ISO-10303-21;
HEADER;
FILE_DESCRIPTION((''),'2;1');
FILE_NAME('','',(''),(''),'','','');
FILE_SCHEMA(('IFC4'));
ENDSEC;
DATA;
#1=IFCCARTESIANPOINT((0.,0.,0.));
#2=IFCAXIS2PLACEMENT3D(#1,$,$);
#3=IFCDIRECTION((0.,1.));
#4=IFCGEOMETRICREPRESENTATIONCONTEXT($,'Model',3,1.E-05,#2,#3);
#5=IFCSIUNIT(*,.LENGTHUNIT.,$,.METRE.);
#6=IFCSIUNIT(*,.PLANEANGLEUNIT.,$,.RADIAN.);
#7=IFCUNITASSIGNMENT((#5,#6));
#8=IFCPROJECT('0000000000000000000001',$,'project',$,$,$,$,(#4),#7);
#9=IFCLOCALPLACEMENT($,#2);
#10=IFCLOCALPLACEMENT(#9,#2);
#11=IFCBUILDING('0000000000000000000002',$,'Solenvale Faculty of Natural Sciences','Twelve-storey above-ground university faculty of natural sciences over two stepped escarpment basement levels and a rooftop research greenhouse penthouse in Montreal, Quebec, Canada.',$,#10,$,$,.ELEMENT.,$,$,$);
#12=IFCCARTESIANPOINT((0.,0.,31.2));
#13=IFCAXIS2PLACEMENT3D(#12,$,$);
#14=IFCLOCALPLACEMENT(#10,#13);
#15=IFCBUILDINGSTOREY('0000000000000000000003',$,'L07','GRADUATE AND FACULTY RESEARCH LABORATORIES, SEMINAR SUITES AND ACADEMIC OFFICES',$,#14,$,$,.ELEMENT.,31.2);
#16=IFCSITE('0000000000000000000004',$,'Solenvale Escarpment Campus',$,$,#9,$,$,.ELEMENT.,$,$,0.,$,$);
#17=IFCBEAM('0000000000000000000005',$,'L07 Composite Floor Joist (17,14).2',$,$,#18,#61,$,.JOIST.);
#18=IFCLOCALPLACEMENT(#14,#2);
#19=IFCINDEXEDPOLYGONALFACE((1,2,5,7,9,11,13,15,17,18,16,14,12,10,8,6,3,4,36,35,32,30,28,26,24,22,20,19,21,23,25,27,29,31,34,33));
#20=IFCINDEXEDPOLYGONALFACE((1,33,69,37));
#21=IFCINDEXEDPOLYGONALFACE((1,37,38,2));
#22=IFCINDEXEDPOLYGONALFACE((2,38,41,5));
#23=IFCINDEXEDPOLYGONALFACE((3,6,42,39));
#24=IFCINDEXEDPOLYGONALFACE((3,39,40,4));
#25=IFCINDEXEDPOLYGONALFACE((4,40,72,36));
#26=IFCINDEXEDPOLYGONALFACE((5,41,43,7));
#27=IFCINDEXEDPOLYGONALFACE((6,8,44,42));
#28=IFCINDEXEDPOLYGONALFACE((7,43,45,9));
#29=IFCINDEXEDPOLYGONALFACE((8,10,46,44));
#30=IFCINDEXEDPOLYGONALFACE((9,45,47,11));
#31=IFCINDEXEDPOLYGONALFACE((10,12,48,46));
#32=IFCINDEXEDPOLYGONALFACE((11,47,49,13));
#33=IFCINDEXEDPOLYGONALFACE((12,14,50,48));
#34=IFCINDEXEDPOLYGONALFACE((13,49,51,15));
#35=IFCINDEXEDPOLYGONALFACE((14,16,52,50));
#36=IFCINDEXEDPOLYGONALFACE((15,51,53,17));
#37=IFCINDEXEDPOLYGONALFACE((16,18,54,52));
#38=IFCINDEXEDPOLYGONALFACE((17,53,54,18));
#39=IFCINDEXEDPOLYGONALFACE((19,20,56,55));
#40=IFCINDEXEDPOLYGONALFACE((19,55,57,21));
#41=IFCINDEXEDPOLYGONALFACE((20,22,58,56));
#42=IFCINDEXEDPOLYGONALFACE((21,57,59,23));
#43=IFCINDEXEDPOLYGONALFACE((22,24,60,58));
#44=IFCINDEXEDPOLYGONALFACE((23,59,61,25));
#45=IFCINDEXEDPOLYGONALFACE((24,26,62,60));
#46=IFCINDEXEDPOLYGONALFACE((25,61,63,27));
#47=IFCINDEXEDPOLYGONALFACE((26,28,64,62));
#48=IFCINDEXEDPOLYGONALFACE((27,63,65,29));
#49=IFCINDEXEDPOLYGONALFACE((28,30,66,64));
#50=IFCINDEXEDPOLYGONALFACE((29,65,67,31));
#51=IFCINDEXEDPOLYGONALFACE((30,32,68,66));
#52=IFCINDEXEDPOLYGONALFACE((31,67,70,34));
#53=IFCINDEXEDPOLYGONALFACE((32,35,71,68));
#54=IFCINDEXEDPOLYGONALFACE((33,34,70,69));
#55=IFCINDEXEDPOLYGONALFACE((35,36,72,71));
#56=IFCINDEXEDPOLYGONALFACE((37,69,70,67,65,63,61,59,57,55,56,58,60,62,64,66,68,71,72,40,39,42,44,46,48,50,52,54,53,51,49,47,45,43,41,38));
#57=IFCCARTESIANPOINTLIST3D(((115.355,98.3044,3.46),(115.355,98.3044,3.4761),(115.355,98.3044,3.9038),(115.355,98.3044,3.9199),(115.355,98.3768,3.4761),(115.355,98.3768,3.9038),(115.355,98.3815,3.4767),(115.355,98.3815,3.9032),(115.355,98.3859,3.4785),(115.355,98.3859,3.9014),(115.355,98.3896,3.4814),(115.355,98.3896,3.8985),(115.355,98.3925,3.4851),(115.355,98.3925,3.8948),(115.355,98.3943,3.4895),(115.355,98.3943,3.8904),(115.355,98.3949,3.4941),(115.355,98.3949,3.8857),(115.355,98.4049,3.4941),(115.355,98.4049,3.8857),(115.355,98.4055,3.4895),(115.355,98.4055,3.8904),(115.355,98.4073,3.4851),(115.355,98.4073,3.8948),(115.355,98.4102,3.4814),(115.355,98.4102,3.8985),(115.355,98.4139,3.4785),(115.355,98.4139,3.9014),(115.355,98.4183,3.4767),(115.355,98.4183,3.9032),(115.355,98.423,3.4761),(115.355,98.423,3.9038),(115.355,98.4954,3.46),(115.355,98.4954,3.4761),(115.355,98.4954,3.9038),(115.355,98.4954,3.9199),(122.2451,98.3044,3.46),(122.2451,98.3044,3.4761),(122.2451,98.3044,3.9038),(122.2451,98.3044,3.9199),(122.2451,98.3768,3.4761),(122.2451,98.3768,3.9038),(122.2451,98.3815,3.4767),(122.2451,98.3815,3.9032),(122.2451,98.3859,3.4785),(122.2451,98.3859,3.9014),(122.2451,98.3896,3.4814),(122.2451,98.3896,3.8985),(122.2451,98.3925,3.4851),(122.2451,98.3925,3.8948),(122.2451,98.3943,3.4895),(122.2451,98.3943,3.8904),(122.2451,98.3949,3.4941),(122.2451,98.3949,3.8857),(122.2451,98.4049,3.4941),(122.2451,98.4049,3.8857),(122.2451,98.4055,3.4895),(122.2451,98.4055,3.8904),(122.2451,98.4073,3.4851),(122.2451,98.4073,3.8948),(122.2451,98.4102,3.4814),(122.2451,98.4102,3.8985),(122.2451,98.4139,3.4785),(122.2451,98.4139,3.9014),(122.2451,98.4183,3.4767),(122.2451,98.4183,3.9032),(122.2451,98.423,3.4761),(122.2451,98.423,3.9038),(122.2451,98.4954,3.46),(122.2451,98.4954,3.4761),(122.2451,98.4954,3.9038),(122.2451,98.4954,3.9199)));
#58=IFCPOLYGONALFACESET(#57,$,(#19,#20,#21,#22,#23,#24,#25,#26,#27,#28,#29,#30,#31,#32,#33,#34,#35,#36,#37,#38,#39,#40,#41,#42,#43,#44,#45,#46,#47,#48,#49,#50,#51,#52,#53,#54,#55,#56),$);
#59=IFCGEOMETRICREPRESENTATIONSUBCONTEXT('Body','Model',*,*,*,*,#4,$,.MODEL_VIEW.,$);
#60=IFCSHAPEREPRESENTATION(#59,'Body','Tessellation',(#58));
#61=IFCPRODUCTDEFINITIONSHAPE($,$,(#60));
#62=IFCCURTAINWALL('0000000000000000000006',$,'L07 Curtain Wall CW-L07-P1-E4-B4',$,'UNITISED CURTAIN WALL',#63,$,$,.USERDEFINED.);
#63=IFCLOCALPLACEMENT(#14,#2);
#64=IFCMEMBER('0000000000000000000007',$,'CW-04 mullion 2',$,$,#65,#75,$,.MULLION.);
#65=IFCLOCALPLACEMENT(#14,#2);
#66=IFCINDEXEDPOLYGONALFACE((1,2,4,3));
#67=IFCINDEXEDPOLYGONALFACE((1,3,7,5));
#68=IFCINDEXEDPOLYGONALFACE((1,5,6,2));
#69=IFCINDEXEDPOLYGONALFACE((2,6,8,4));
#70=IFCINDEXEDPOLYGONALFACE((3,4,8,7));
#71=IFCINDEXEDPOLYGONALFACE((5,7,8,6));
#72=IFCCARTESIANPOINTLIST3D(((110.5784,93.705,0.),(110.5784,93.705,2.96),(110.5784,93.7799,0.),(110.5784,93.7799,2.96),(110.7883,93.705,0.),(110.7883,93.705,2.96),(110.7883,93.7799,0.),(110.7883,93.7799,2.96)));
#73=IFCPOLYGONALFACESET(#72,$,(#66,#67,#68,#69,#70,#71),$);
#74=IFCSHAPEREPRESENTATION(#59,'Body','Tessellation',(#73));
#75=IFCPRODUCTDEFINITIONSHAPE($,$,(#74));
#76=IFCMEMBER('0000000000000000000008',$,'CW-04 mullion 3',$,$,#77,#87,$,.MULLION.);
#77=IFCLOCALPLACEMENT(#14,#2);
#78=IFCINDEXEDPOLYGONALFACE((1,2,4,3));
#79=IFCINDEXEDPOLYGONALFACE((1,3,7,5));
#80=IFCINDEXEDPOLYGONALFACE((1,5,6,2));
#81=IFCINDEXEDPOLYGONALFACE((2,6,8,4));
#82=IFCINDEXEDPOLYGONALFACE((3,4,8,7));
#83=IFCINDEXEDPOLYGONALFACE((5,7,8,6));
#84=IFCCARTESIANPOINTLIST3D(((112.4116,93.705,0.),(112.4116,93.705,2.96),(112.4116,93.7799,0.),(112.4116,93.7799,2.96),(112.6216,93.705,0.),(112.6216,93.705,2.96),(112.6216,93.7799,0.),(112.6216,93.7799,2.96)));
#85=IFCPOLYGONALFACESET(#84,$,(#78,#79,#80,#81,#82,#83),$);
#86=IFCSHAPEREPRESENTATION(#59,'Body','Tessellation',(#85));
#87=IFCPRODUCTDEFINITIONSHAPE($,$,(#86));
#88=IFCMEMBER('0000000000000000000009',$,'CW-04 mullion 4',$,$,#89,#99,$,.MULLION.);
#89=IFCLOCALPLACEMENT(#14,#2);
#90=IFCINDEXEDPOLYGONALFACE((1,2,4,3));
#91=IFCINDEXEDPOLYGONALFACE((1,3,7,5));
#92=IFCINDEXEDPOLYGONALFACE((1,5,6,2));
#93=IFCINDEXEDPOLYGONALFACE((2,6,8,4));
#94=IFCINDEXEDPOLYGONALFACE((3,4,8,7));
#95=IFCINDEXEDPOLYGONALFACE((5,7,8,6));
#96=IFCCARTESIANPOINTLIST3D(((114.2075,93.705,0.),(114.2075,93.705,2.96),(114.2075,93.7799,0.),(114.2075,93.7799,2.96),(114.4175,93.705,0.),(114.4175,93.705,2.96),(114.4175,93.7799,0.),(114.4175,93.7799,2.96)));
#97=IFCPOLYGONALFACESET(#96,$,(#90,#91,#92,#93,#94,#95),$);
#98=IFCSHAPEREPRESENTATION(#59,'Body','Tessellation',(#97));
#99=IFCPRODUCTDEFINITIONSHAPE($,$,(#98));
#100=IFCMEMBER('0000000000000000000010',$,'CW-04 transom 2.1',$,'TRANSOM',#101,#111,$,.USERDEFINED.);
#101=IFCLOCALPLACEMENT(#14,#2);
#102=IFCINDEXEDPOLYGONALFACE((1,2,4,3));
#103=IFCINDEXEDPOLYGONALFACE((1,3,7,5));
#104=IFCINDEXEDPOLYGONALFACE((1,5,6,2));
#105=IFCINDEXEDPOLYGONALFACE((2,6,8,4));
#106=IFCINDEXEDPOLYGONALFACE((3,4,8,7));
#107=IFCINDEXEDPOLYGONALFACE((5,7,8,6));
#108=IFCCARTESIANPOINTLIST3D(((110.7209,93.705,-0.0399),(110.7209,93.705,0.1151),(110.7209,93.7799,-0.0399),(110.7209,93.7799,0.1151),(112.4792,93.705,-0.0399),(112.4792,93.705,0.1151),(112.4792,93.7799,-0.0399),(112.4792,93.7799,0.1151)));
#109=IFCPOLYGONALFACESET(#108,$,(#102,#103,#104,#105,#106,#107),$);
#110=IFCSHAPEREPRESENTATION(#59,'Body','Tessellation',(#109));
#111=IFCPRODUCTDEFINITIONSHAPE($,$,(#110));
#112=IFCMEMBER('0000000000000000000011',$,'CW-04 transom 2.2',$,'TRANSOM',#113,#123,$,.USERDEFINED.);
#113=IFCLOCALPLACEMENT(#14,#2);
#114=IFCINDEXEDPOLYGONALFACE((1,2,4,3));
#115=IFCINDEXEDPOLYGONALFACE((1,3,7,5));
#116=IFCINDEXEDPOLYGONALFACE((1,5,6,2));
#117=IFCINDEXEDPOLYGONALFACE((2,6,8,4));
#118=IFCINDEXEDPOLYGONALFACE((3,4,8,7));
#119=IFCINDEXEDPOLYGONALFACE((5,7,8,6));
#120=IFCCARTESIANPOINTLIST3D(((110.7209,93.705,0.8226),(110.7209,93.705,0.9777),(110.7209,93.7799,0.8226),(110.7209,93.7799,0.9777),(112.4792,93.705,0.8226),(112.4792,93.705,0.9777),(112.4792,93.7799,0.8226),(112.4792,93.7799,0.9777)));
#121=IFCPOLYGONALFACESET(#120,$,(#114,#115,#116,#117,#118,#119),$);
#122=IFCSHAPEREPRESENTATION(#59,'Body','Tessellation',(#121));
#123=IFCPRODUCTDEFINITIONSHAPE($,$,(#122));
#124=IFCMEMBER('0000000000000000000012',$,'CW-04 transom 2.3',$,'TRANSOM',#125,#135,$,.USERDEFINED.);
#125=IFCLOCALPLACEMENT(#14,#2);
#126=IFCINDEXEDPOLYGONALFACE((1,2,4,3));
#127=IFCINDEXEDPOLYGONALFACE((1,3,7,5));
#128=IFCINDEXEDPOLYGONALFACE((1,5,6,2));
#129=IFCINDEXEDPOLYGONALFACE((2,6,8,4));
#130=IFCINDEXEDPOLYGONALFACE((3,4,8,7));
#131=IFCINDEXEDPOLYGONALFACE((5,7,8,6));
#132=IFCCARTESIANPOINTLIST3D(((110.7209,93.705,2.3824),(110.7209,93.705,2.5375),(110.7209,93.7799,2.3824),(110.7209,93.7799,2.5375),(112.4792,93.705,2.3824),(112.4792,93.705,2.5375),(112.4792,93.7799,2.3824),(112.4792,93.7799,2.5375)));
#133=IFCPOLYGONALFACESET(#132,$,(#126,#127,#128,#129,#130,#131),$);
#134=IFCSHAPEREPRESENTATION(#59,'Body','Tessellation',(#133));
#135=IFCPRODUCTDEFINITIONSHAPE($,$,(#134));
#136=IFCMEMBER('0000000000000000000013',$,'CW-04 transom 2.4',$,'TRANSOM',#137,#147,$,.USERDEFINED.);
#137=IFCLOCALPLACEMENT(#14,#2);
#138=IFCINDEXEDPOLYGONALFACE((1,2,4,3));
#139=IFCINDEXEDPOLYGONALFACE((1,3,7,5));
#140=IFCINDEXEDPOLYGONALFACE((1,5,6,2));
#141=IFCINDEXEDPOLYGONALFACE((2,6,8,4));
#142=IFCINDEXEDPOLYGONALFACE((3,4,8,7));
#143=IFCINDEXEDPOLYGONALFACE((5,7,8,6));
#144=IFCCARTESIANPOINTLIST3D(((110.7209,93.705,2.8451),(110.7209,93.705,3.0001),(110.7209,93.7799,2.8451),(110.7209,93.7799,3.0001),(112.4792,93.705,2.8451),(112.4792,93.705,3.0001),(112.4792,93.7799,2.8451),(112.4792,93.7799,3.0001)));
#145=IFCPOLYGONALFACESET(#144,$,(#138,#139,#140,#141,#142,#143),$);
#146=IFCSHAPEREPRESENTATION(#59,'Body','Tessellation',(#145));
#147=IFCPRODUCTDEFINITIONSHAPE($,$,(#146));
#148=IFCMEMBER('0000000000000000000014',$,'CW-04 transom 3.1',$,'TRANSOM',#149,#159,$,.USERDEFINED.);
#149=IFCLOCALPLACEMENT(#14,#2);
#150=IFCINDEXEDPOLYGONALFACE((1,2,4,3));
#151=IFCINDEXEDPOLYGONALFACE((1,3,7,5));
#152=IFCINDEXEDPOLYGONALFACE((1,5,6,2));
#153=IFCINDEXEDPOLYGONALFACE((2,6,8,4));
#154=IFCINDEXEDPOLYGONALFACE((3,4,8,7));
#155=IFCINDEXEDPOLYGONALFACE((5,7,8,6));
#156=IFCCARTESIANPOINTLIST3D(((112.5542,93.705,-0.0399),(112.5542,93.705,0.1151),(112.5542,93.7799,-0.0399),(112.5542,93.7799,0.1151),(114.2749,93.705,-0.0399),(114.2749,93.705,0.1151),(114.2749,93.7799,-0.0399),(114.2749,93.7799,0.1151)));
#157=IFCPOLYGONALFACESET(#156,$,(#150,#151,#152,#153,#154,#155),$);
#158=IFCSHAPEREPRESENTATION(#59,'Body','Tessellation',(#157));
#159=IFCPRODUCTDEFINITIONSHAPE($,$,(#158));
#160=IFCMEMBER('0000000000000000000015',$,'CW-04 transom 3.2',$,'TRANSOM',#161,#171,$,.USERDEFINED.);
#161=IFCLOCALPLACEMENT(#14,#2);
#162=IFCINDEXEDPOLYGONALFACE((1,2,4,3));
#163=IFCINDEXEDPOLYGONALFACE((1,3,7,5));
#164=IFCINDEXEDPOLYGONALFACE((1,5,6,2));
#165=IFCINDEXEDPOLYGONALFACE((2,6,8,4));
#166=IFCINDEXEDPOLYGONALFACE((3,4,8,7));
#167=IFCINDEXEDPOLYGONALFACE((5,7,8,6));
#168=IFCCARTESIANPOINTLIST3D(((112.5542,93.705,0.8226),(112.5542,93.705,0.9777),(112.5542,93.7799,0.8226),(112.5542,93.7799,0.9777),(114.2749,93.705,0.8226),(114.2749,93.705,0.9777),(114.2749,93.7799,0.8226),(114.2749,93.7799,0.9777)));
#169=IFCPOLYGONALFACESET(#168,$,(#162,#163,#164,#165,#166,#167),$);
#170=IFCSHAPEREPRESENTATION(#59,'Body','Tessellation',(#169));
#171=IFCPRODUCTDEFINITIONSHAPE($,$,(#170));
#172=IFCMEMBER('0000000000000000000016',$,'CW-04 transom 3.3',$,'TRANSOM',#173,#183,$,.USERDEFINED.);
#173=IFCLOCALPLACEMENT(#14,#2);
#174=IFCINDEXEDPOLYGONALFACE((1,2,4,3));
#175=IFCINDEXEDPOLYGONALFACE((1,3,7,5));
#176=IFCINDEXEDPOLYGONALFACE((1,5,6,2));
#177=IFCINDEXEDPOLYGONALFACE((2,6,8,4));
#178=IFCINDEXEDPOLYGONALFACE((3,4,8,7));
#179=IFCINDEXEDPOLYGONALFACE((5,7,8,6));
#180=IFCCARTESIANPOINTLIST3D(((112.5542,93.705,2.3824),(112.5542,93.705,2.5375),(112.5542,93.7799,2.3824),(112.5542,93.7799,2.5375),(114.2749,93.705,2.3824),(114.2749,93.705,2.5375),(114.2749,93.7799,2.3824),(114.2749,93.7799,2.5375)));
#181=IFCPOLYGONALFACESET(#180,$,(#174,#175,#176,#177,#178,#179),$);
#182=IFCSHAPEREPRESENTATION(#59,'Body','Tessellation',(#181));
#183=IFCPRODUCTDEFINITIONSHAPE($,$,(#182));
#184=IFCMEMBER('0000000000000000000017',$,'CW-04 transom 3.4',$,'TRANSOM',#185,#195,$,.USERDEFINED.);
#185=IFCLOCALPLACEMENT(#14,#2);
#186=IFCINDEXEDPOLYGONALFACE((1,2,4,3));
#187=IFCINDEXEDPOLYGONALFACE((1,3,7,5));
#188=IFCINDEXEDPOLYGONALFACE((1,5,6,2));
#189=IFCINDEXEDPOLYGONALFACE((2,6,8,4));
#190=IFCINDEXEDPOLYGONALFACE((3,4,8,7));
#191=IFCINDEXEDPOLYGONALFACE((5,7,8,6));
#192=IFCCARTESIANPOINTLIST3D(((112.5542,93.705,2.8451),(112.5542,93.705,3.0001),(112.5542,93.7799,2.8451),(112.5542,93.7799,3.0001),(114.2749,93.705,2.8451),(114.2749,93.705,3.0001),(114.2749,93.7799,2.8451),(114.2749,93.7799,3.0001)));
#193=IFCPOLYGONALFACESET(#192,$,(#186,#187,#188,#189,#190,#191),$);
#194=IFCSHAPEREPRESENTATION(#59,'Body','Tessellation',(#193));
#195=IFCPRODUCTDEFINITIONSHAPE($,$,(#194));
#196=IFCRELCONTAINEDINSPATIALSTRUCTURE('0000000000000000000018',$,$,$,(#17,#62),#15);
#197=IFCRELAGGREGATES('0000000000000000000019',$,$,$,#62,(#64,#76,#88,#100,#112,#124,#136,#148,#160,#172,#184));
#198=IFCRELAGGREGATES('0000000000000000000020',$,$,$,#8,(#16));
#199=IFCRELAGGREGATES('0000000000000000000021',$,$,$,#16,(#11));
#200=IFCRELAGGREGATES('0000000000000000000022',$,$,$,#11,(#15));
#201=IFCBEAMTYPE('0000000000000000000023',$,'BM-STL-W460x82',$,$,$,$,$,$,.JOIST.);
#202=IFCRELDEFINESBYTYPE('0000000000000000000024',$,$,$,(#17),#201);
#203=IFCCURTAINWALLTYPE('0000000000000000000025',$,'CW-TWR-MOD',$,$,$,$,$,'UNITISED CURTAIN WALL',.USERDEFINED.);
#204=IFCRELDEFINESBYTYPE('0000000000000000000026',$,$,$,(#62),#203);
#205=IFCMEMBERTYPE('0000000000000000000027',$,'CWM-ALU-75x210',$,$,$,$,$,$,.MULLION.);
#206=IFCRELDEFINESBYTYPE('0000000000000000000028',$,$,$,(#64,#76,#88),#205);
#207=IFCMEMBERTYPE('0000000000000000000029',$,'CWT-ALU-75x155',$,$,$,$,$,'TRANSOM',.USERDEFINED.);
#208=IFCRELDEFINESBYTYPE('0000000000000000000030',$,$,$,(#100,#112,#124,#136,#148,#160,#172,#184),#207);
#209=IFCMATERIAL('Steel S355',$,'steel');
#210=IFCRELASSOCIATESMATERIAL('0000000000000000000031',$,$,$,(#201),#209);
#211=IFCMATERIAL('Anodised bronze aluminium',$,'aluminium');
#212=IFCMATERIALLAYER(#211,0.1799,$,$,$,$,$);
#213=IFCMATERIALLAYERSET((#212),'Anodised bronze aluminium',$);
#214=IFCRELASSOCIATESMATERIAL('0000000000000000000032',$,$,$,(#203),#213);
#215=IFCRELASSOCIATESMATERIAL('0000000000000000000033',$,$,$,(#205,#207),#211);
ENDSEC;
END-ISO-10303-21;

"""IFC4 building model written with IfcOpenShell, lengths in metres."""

from ifc_helpers import new_model, si_unit, direction, frame, origin, origin_2d, place, context, subcontext, project, spatial, rectangle, i_section, extrude, material, layer, layer_set, material_profile, profile_set, type_object, element, aggregate, save


model = new_model("IFC4")

# Units and contexts
model_context = context("Model", 3, precision=1e-05, world=origin(), true_north=direction((0.0, 1.0)))
body_context = subcontext(model_context, "Body", "Model", "MODEL_VIEW")
ifc_project = project(units=[si_unit("LENGTHUNIT", "METRE"), si_unit("PLANEANGLEUNIT", "RADIAN")], contexts=[model_context])

# Site, building, storey
site_placement = place(None, origin())
site = spatial("IfcSite", under=ifc_project, at=site_placement, Name="Solenvale Escarpment Campus", CompositionType="ELEMENT", RefElevation=0.0)
building_placement = place(site_placement, origin())
building = spatial("IfcBuilding", under=site, at=building_placement, Name="Solenvale Faculty of Natural Sciences", Description="Twelve-storey above-ground university faculty of natural sciences over two stepped escarpment basement levels and a rooftop research greenhouse penthouse in Montreal, Quebec, Canada.", CompositionType="ELEMENT")
storey_placement = place(building_placement, frame((0.0, 0.0, 31.2)))
storey = spatial("IfcBuildingStorey", under=building, at=storey_placement, Name="L07", Description="GRADUATE AND FACULTY RESEARCH LABORATORIES, SEMINAR SUITES AND ACADEMIC OFFICES", CompositionType="ELEMENT", Elevation=31.2)

# Beam
ifc_material_1 = material(Name="Steel S355", Category="steel")
ifc_material_profile_1 = material_profile(ifc_material_1, i_section(OverallWidth=0.1909, OverallDepth=0.46, WebThickness=0.01, FlangeThickness=0.0161, FilletRadius=0.0181, at=origin_2d()), Name="W460x82")
ifc_profile_set_1 = profile_set([ifc_material_profile_1], Name="Steel S355")
beam_type_1 = type_object("IfcBeamType", Name="BM-STL-W460x82", PredefinedType="JOIST", material=ifc_profile_set_1)
for number, where, z_axis, x_axis, name in (
    (1, (115.355, 98.3999, 3.6899), (1.0, 0.0, 0.0), (0.0, 1.0, 0.0), "L07 Composite Floor Joist (17,14).2"),
):
    element("IfcBeam", number, at=place(storey_placement, frame(where, z_axis=z_axis, x_axis=x_axis)), inside=storey, type_object=beam_type_1, Name=name, PredefinedType="JOIST", context=body_context, shape_type="SweptSolid", body=[
        extrude(i_section(OverallWidth=0.1909, OverallDepth=0.46, WebThickness=0.01, FlangeThickness=0.0161, FilletRadius=0.0181, at=origin_2d()), origin(), (0.0, 0.0, 1.0), 6.8901),
    ])

# Curtain wall, members
ifc_material_2 = material(Name="Anodised bronze aluminium", Category="aluminium")
ifc_layer_1 = layer(ifc_material_2, 0.1799)
ifc_layer_set_1 = layer_set([ifc_layer_1], Name="Anodised bronze aluminium")
curtain_wall_type = type_object("IfcCurtainWallType", Name="CW-TWR-MOD", ElementType="UNITISED CURTAIN WALL", PredefinedType="USERDEFINED", material=ifc_layer_set_1)
curtain_wall_placement = place(storey_placement, origin())
curtain_wall = element("IfcCurtainWall", 2, at=curtain_wall_placement, inside=storey, type_object=curtain_wall_type, Name="L07 Curtain Wall CW-L07-P1-E4-B4", ObjectType="UNITISED CURTAIN WALL", PredefinedType="USERDEFINED")
ifc_material_profile_2 = material_profile(ifc_material_2, rectangle(XDim=0.075, YDim=0.21, at=origin_2d()), Name="ALU-MUL-75x210")
ifc_profile_set_2 = profile_set([ifc_material_profile_2], Name="Anodised bronze aluminium")
member_type_1 = type_object("IfcMemberType", Name="CWM-ALU-75x210", PredefinedType="MULLION", material=ifc_profile_set_2)
member_1_placement = place(storey_placement, frame((110.6833, 93.7424, 0.0), z_axis=(0.0, 0.0, 1.0), x_axis=(0.0, 1.0, 0.0)))
member_1 = element("IfcMember", 3, at=member_1_placement, type_object=member_type_1, Name="CW-04 mullion 2", PredefinedType="MULLION", context=body_context, shape_type="SweptSolid", body=[
    extrude(rectangle(XDim=0.075, YDim=0.21, at=origin_2d()), origin(), (0.0, 0.0, 1.0), 2.96),
])
member_2_placement = place(storey_placement, frame((112.5166, 93.7424, 0.0), z_axis=(0.0, 0.0, 1.0), x_axis=(0.0, 1.0, 0.0)))
member_2 = element("IfcMember", 4, at=member_2_placement, type_object=member_type_1, Name="CW-04 mullion 3", PredefinedType="MULLION", context=body_context, shape_type="SweptSolid", body=[
    extrude(rectangle(XDim=0.075, YDim=0.21, at=origin_2d()), origin(), (0.0, 0.0, 1.0), 2.96),
])
member_3_placement = place(storey_placement, frame((114.3125, 93.7424, 0.0), z_axis=(0.0, 0.0, 1.0), x_axis=(0.0, 1.0, 0.0)))
member_3 = element("IfcMember", 5, at=member_3_placement, type_object=member_type_1, Name="CW-04 mullion 4", PredefinedType="MULLION", context=body_context, shape_type="SweptSolid", body=[
    extrude(rectangle(XDim=0.075, YDim=0.21, at=origin_2d()), origin(), (0.0, 0.0, 1.0), 2.96),
])
ifc_material_profile_3 = material_profile(ifc_material_2, rectangle(XDim=0.075, YDim=0.155, at=origin_2d()), Name="ALU-TRN-75x155")
ifc_profile_set_3 = profile_set([ifc_material_profile_3], Name="Anodised bronze aluminium")
member_type_2 = type_object("IfcMemberType", Name="CWT-ALU-75x155", ElementType="TRANSOM", PredefinedType="USERDEFINED", material=ifc_profile_set_3)
member_4_placement = place(storey_placement, frame((110.7209, 93.7424, 0.0376), z_axis=(1.0, 0.0, 0.0), x_axis=(0.0, 1.0, 0.0)))
member_4 = element("IfcMember", 6, at=member_4_placement, type_object=member_type_2, Name="CW-04 transom 2.1", ObjectType="TRANSOM", PredefinedType="USERDEFINED", context=body_context, shape_type="SweptSolid", body=[
    extrude(rectangle(XDim=0.075, YDim=0.155, at=origin_2d()), origin(), (0.0, 0.0, 1.0), 1.7583),
])
member_5_placement = place(storey_placement, frame((110.7209, 93.7424, 0.9001), z_axis=(1.0, 0.0, 0.0), x_axis=(0.0, 1.0, 0.0)))
member_5 = element("IfcMember", 7, at=member_5_placement, type_object=member_type_2, Name="CW-04 transom 2.2", ObjectType="TRANSOM", PredefinedType="USERDEFINED", context=body_context, shape_type="SweptSolid", body=[
    extrude(rectangle(XDim=0.075, YDim=0.155, at=origin_2d()), origin(), (0.0, 0.0, 1.0), 1.7583),
])
member_6_placement = place(storey_placement, frame((110.7209, 93.7424, 2.46), z_axis=(1.0, 0.0, 0.0), x_axis=(0.0, 1.0, 0.0)))
member_6 = element("IfcMember", 8, at=member_6_placement, type_object=member_type_2, Name="CW-04 transom 2.3", ObjectType="TRANSOM", PredefinedType="USERDEFINED", context=body_context, shape_type="SweptSolid", body=[
    extrude(rectangle(XDim=0.075, YDim=0.155, at=origin_2d()), origin(), (0.0, 0.0, 1.0), 1.7583),
])
member_7_placement = place(storey_placement, frame((110.7209, 93.7424, 2.9226), z_axis=(1.0, 0.0, 0.0), x_axis=(0.0, 1.0, 0.0)))
member_7 = element("IfcMember", 9, at=member_7_placement, type_object=member_type_2, Name="CW-04 transom 2.4", ObjectType="TRANSOM", PredefinedType="USERDEFINED", context=body_context, shape_type="SweptSolid", body=[
    extrude(rectangle(XDim=0.075, YDim=0.155, at=origin_2d()), origin(), (0.0, 0.0, 1.0), 1.7583),
])
member_8_placement = place(storey_placement, frame((112.5542, 93.7424, 0.0376), z_axis=(1.0, 0.0, 0.0), x_axis=(0.0, 1.0, 0.0)))
member_8 = element("IfcMember", 10, at=member_8_placement, type_object=member_type_2, Name="CW-04 transom 3.1", ObjectType="TRANSOM", PredefinedType="USERDEFINED", context=body_context, shape_type="SweptSolid", body=[
    extrude(rectangle(XDim=0.075, YDim=0.155, at=origin_2d()), origin(), (0.0, 0.0, 1.0), 1.7207),
])
member_9_placement = place(storey_placement, frame((112.5542, 93.7424, 0.9001), z_axis=(1.0, 0.0, 0.0), x_axis=(0.0, 1.0, 0.0)))
member_9 = element("IfcMember", 11, at=member_9_placement, type_object=member_type_2, Name="CW-04 transom 3.2", ObjectType="TRANSOM", PredefinedType="USERDEFINED", context=body_context, shape_type="SweptSolid", body=[
    extrude(rectangle(XDim=0.075, YDim=0.155, at=origin_2d()), origin(), (0.0, 0.0, 1.0), 1.7207),
])
member_10_placement = place(storey_placement, frame((112.5542, 93.7424, 2.46), z_axis=(1.0, 0.0, 0.0), x_axis=(0.0, 1.0, 0.0)))
member_10 = element("IfcMember", 12, at=member_10_placement, type_object=member_type_2, Name="CW-04 transom 3.3", ObjectType="TRANSOM", PredefinedType="USERDEFINED", context=body_context, shape_type="SweptSolid", body=[
    extrude(rectangle(XDim=0.075, YDim=0.155, at=origin_2d()), origin(), (0.0, 0.0, 1.0), 1.7207),
])
member_11_placement = place(storey_placement, frame((112.5542, 93.7424, 2.9226), z_axis=(1.0, 0.0, 0.0), x_axis=(0.0, 1.0, 0.0)))
member_11 = element("IfcMember", 13, at=member_11_placement, type_object=member_type_2, Name="CW-04 transom 3.4", ObjectType="TRANSOM", PredefinedType="USERDEFINED", context=body_context, shape_type="SweptSolid", body=[
    extrude(rectangle(XDim=0.075, YDim=0.155, at=origin_2d()), origin(), (0.0, 0.0, 1.0), 1.7207),
])
aggregate(curtain_wall, [member_1, member_2, member_3, member_4, member_5, member_6, member_7, member_8, member_9, member_10, member_11])

save(model, "model.ifc")
